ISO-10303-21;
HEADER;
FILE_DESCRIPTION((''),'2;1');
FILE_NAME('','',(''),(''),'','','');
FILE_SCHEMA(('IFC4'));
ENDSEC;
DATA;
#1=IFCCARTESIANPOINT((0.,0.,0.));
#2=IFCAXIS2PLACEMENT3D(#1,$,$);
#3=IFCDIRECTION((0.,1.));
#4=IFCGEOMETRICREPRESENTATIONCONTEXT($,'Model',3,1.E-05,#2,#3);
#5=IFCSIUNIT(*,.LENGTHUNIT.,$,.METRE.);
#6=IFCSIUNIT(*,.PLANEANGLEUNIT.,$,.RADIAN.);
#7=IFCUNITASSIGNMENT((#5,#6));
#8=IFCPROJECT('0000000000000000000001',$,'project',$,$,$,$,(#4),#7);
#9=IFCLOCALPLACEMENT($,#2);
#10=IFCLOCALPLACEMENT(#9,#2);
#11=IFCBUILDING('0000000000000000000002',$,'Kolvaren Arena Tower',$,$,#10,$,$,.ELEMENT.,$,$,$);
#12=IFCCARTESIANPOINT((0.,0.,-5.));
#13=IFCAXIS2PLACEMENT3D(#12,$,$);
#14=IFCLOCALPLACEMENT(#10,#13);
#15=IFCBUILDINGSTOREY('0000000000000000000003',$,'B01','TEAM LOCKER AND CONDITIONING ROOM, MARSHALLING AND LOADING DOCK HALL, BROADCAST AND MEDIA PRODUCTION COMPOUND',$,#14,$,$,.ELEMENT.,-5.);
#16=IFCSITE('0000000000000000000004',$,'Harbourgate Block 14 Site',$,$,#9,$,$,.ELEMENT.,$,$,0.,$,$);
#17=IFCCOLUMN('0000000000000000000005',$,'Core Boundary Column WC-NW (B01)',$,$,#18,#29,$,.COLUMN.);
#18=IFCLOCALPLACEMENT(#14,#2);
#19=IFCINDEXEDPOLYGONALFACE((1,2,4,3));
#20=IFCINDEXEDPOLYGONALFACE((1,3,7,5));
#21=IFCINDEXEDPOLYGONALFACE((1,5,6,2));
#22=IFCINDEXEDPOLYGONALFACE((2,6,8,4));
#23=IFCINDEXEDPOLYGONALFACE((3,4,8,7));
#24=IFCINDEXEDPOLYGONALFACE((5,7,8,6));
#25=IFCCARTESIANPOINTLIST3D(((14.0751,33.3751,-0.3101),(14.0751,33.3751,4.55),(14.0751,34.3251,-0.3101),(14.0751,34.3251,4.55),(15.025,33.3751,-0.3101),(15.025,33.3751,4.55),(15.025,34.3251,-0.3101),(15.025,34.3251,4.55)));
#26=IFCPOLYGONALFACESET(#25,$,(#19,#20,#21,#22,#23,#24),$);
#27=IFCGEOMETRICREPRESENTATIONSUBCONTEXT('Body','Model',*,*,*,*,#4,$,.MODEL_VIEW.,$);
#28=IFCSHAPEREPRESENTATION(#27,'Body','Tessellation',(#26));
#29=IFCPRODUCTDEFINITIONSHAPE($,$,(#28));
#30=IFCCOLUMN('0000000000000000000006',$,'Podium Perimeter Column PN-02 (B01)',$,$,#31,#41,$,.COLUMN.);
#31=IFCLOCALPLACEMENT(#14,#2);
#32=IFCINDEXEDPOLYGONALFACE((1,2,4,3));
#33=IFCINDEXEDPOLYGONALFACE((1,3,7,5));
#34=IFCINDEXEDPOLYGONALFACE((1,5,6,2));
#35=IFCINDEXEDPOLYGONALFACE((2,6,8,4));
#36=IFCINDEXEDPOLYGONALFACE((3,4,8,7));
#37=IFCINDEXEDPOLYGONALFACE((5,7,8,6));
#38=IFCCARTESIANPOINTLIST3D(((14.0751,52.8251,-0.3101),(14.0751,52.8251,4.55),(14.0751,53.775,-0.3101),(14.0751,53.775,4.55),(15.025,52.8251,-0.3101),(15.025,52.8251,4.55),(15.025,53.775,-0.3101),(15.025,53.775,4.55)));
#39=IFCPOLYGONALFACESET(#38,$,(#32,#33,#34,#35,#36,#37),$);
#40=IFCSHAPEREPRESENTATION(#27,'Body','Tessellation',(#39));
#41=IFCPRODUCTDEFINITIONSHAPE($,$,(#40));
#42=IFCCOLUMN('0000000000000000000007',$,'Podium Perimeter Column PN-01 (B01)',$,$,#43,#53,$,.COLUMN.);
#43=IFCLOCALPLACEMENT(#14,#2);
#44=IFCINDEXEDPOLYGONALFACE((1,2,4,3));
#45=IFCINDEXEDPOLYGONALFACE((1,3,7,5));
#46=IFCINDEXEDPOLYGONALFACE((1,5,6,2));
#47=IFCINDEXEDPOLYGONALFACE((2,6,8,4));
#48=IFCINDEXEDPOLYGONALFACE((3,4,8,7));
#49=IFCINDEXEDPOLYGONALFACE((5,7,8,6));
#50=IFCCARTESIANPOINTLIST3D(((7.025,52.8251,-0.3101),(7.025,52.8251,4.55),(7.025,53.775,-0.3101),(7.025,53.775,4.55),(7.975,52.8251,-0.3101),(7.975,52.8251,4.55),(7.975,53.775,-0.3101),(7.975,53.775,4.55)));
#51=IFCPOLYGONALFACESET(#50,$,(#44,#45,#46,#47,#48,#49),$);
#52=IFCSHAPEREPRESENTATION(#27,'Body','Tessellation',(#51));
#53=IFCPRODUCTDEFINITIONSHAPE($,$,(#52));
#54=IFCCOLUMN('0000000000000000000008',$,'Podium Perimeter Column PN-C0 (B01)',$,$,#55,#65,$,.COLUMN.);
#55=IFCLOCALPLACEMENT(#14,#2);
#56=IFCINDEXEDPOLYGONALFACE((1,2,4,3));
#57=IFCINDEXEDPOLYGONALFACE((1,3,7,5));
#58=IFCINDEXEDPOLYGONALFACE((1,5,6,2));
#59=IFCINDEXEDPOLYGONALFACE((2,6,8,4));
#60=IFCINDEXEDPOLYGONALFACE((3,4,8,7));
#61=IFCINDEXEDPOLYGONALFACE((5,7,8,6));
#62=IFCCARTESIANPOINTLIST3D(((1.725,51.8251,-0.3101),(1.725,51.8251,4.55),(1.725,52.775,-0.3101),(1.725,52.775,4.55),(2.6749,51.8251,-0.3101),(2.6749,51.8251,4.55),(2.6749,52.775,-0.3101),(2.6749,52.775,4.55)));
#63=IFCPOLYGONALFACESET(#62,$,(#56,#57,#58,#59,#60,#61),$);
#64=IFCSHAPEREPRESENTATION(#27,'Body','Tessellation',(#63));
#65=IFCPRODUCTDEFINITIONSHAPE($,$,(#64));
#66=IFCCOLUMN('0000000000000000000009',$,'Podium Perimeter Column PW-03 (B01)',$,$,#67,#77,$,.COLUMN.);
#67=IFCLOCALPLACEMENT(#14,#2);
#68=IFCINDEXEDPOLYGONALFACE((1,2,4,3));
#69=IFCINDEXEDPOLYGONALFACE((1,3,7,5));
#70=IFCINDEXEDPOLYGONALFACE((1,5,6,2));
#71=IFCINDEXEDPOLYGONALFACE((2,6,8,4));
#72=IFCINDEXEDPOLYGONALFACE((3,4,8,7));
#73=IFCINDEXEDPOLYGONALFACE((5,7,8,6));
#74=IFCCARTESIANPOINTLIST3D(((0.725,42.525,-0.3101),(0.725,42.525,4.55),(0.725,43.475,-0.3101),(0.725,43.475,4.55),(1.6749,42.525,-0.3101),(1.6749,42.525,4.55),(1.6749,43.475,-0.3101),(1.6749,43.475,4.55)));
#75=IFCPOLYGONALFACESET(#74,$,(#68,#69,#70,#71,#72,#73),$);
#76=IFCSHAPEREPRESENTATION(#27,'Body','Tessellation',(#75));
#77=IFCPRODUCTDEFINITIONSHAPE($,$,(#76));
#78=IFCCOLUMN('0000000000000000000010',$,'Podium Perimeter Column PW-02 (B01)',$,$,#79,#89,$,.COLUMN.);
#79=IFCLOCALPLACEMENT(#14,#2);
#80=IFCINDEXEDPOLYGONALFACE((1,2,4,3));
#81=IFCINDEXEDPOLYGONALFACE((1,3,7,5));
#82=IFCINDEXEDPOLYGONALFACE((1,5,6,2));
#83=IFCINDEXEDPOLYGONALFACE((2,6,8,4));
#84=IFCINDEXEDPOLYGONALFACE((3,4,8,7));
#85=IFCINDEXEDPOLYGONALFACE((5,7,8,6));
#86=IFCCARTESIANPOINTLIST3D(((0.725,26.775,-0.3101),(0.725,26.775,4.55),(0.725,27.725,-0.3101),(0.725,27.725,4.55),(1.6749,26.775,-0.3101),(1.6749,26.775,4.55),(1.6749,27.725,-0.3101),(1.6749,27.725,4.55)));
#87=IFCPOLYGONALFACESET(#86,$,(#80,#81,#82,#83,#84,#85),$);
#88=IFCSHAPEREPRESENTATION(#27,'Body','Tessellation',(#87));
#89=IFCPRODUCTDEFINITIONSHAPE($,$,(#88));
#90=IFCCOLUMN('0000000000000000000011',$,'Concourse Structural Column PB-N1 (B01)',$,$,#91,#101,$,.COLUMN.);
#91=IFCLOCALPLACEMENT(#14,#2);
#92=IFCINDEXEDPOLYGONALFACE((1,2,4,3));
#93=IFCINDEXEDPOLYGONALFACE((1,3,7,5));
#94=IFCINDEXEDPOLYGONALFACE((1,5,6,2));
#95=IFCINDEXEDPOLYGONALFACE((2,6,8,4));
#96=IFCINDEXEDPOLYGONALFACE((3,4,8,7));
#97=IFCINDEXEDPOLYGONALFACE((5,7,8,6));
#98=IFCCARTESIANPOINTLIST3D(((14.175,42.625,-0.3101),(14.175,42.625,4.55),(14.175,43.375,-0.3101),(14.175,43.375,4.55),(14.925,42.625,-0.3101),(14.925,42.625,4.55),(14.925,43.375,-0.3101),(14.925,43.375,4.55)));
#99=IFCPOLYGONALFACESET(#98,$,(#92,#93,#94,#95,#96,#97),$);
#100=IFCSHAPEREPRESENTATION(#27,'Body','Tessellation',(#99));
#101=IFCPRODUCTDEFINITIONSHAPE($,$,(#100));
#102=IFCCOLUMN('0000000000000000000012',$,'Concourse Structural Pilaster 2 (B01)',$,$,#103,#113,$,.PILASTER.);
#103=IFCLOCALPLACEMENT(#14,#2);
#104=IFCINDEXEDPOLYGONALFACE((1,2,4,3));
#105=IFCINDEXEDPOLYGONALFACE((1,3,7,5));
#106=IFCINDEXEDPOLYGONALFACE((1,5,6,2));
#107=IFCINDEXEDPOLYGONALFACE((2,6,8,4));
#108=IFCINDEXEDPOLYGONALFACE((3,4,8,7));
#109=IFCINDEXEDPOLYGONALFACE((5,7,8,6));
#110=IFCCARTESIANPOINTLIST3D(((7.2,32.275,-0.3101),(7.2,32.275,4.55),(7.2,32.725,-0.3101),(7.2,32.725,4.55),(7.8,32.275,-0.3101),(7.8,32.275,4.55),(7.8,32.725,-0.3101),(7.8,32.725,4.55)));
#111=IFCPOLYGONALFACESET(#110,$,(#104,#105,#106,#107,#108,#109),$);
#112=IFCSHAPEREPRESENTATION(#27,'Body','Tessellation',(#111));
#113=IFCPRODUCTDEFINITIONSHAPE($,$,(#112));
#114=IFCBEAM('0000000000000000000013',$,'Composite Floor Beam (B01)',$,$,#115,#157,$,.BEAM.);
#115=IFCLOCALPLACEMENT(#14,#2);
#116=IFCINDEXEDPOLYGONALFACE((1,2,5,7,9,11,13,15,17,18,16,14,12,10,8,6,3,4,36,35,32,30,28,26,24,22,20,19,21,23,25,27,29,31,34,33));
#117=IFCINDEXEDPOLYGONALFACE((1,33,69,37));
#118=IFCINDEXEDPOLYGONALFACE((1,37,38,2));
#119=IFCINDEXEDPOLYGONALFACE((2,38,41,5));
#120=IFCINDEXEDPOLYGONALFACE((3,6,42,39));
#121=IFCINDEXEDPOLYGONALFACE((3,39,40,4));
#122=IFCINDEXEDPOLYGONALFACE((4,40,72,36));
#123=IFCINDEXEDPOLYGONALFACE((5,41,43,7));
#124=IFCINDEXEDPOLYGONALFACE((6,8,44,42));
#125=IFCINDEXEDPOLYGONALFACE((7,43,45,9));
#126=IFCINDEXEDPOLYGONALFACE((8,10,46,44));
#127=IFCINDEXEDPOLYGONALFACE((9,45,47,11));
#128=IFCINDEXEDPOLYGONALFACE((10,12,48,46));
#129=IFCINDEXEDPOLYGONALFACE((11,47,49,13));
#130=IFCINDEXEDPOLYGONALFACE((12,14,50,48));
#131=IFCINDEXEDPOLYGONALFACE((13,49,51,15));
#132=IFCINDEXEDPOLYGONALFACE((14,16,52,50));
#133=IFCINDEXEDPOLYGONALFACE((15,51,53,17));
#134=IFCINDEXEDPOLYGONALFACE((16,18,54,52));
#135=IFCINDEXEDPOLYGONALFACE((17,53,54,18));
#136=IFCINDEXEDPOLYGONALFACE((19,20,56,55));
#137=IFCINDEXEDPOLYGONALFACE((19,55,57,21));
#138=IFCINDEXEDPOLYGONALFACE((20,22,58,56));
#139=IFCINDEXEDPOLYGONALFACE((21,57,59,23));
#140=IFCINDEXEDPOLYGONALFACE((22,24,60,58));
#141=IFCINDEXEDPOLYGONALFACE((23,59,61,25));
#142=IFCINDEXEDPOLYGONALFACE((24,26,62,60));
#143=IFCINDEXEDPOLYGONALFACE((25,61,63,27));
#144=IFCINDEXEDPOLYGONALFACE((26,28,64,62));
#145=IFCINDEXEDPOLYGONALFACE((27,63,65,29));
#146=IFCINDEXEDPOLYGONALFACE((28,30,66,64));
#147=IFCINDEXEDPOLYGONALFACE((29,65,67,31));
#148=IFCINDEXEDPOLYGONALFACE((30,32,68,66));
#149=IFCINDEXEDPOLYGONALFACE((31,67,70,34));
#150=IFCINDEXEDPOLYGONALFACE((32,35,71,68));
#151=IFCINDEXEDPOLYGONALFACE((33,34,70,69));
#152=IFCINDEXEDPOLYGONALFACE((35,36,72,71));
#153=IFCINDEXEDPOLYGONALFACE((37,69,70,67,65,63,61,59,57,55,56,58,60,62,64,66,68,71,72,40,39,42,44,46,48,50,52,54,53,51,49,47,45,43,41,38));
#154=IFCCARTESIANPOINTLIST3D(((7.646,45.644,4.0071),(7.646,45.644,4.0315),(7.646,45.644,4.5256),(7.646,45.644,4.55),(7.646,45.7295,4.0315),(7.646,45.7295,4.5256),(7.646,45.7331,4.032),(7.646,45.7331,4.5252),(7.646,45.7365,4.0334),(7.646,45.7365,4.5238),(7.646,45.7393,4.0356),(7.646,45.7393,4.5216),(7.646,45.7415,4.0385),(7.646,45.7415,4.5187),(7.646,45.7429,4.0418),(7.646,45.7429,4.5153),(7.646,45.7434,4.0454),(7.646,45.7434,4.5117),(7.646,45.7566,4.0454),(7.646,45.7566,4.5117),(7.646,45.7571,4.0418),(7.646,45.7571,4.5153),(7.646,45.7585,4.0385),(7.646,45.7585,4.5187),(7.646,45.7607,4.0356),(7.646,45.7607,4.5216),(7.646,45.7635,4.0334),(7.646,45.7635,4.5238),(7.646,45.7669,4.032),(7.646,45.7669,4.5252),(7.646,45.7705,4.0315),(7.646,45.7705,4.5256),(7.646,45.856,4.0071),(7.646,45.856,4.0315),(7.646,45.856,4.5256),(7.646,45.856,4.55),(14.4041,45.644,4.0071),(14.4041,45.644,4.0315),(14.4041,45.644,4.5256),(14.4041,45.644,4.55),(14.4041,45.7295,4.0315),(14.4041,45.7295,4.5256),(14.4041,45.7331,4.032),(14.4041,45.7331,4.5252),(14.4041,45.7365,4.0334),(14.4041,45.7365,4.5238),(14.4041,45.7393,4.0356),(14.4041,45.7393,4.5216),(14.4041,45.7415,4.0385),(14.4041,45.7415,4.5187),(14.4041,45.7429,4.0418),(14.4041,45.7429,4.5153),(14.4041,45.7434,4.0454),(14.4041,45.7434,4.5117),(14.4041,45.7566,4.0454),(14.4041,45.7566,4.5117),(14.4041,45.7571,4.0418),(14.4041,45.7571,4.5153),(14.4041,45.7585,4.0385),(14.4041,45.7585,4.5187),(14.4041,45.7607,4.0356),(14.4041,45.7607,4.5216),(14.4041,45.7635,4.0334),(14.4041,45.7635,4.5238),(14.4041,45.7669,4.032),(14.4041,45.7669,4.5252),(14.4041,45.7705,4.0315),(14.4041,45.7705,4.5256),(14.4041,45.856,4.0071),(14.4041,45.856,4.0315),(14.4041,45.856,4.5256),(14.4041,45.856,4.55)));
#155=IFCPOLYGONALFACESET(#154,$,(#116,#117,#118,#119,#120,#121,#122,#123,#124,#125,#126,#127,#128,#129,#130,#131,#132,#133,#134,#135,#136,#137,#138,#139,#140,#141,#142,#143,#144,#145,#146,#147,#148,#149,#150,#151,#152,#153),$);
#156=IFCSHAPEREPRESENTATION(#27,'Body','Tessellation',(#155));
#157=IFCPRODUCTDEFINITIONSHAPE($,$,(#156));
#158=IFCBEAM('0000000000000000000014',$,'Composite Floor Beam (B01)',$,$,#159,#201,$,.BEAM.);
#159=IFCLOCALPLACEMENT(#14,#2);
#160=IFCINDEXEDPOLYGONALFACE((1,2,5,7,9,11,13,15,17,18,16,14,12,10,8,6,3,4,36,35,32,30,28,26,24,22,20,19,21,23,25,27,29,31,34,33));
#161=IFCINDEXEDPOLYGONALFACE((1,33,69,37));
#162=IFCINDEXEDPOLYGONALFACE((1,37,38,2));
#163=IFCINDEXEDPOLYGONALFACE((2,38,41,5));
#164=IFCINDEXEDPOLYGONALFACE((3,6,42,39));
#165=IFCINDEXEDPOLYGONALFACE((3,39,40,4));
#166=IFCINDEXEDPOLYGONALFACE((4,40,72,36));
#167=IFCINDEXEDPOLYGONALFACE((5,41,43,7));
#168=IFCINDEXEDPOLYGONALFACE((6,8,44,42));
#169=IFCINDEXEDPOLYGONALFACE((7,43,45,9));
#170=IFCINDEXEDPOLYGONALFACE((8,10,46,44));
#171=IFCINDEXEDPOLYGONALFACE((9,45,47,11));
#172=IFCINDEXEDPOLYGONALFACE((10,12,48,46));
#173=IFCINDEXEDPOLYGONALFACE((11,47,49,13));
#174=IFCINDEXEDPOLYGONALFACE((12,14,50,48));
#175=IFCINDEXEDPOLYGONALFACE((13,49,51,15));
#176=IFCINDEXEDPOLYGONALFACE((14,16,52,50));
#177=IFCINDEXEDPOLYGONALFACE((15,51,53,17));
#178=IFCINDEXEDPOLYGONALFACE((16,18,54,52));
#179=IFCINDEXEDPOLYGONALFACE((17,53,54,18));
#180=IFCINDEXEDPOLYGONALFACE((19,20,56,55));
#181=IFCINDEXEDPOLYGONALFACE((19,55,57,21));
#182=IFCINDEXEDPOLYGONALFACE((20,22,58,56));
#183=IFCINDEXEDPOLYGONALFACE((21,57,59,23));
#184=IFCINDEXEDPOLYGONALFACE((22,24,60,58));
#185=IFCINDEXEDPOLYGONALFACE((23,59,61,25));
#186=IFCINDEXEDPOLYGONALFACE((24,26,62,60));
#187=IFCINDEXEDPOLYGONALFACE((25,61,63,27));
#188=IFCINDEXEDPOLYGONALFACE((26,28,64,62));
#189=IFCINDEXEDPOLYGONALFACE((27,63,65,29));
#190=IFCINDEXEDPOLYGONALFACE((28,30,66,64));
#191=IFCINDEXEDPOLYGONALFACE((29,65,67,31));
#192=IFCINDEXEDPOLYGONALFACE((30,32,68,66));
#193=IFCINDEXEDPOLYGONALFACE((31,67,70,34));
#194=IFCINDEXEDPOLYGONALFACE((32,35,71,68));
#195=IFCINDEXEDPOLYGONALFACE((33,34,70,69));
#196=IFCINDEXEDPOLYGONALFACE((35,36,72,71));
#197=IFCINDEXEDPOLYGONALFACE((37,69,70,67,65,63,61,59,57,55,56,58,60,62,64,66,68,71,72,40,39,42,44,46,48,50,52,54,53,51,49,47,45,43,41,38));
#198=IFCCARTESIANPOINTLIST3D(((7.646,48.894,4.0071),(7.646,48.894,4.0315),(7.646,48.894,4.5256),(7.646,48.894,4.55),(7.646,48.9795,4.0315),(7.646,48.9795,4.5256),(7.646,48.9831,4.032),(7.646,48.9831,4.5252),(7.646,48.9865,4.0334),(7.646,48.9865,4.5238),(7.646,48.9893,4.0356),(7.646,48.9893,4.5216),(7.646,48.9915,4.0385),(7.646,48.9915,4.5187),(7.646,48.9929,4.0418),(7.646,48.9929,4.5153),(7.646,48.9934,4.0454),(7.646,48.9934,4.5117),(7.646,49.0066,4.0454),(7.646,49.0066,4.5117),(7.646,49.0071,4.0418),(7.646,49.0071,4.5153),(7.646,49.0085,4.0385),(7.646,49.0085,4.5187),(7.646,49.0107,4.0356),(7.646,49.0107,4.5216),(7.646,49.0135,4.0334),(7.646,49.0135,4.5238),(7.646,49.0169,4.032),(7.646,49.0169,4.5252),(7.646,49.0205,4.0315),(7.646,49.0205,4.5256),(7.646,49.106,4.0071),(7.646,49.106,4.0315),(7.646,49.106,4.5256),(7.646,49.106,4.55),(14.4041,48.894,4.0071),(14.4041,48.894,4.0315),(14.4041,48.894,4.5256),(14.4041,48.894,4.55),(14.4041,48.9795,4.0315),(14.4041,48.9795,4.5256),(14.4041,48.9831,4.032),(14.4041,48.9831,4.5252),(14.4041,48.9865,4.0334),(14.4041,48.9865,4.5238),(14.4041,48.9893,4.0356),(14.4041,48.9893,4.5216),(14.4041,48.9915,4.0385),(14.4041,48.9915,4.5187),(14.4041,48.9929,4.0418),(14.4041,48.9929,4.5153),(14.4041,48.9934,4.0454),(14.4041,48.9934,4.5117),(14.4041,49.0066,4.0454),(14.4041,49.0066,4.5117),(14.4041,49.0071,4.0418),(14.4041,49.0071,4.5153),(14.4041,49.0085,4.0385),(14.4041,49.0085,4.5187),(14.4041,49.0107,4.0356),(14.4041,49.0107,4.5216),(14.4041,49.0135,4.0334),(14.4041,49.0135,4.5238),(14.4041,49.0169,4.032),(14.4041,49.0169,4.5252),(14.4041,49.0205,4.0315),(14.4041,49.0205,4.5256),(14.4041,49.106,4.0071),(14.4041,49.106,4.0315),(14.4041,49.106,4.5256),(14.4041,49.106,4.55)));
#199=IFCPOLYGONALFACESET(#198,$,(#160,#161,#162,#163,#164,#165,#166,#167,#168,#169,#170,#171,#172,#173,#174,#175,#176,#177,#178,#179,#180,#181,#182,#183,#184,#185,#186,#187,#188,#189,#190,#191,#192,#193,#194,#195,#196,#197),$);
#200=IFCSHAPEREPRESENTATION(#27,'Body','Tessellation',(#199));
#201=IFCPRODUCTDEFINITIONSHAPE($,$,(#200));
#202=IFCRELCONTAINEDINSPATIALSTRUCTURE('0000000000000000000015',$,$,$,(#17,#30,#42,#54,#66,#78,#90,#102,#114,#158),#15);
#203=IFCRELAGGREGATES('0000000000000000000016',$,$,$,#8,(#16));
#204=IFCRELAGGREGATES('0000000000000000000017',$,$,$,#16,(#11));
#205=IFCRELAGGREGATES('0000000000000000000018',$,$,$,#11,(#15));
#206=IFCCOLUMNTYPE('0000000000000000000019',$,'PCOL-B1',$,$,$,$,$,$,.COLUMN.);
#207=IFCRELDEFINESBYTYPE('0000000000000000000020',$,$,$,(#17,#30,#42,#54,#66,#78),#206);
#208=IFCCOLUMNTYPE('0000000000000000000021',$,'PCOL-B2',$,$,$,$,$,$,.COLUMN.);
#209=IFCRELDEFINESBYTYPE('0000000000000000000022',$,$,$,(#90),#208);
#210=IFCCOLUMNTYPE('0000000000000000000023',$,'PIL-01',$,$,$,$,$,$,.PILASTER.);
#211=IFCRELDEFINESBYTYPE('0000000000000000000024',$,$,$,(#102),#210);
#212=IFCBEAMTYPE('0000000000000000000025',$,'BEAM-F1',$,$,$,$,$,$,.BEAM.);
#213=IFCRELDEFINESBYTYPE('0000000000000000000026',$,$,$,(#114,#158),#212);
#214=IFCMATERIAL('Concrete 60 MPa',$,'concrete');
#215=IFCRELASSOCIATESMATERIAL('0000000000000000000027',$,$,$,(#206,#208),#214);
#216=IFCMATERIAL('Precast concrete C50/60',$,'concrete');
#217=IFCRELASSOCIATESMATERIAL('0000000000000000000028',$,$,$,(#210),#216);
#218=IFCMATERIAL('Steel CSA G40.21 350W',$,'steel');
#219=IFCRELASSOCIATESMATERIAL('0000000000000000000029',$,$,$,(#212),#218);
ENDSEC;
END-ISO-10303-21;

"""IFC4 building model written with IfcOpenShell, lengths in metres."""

from ifc_helpers import new_model, si_unit, direction, frame, origin, origin_2d, place, context, subcontext, project, spatial, rectangle, i_section, extrude, material, material_profile, profile_set, type_object, element, save


model = new_model("IFC4")

# Units and contexts
model_context = context("Model", 3, precision=1e-05, world=origin(), true_north=direction((0.0, 1.0)))
body_context = subcontext(model_context, "Body", "Model", "MODEL_VIEW")
ifc_project = project(units=[si_unit("LENGTHUNIT", "METRE"), si_unit("PLANEANGLEUNIT", "RADIAN")], contexts=[model_context])

# Site, building, storey
site_placement = place(None, origin())
site = spatial("IfcSite", under=ifc_project, at=site_placement, Name="Harbourgate Block 14 Site", CompositionType="ELEMENT", RefElevation=0.0)
building_placement = place(site_placement, origin())
building = spatial("IfcBuilding", under=site, at=building_placement, Name="Kolvaren Arena Tower", CompositionType="ELEMENT")
storey_placement = place(building_placement, frame((0.0, 0.0, -5.0)))
storey = spatial("IfcBuildingStorey", under=building, at=storey_placement, Name="B01", Description="TEAM LOCKER AND CONDITIONING ROOM, MARSHALLING AND LOADING DOCK HALL, BROADCAST AND MEDIA PRODUCTION COMPOUND", CompositionType="ELEMENT", Elevation=-5.0)

# Columns
ifc_material_1 = material(Name="Concrete 60 MPa", Category="concrete")
ifc_material_profile_1 = material_profile(ifc_material_1, rectangle(XDim=0.95, YDim=0.95, at=origin_2d()), Name="RC-950x950")
ifc_profile_set_1 = profile_set([ifc_material_profile_1], Name="Concrete 60 MPa")
column_type_1 = type_object("IfcColumnType", Name="PCOL-B1", PredefinedType="COLUMN", material=ifc_profile_set_1)
for number, where, z_axis, x_axis, name in (
    (1, (14.55, 33.8501, -0.3101), (0.0, 0.0, 1.0), (1.0, 0.0, 0.0), "Core Boundary Column WC-NW (B01)"),
    (2, (14.55, 53.3, -0.3101), (0.0, 0.0, 1.0), (1.0, 0.0, 0.0), "Podium Perimeter Column PN-02 (B01)"),
    (3, (7.5, 53.3, -0.3101), (0.0, 0.0, 1.0), (1.0, 0.0, 0.0), "Podium Perimeter Column PN-01 (B01)"),
    (4, (2.2, 52.3, -0.3101), (0.0, 0.0, 1.0), (1.0, 0.0, 0.0), "Podium Perimeter Column PN-C0 (B01)"),
    (5, (1.2, 43.0, -0.3101), (0.0, 0.0, 1.0), (1.0, 0.0, 0.0), "Podium Perimeter Column PW-03 (B01)"),
    (6, (1.2, 27.25, -0.3101), (0.0, 0.0, 1.0), (1.0, 0.0, 0.0), "Podium Perimeter Column PW-02 (B01)"),
):
    element("IfcColumn", number, at=place(storey_placement, frame(where, z_axis=z_axis, x_axis=x_axis)), inside=storey, type_object=column_type_1, Name=name, PredefinedType="COLUMN", context=body_context, shape_type="SweptSolid", body=[
        extrude(rectangle(XDim=0.95, YDim=0.95, at=origin_2d()), origin(), (0.0, 0.0, 1.0), 4.8601),
    ])
ifc_material_profile_2 = material_profile(ifc_material_1, rectangle(XDim=0.75, YDim=0.75, at=origin_2d()), Name="RC-750x750")
ifc_profile_set_2 = profile_set([ifc_material_profile_2], Name="Concrete 60 MPa")
column_type_2 = type_object("IfcColumnType", Name="PCOL-B2", PredefinedType="COLUMN", material=ifc_profile_set_2)
column_1_placement = place(storey_placement, frame((14.55, 43.0, -0.3101), z_axis=(0.0, 0.0, 1.0), x_axis=(1.0, 0.0, 0.0)))
element("IfcColumn", 7, at=column_1_placement, inside=storey, type_object=column_type_2, Name="Concourse Structural Column PB-N1 (B01)", PredefinedType="COLUMN", context=body_context, shape_type="SweptSolid", body=[
    extrude(rectangle(XDim=0.75, YDim=0.75, at=origin_2d()), origin(), (0.0, 0.0, 1.0), 4.8601),
])
ifc_material_2 = material(Name="Precast concrete C50/60", Category="concrete")
ifc_material_profile_3 = material_profile(ifc_material_2, rectangle(XDim=0.6001, YDim=0.45, at=origin_2d()), Name="RC-600x450")
ifc_profile_set_3 = profile_set([ifc_material_profile_3], Name="Precast concrete C50/60")
column_type_3 = type_object("IfcColumnType", Name="PIL-01", PredefinedType="PILASTER", material=ifc_profile_set_3)
column_2_placement = place(storey_placement, frame((7.5, 32.5, -0.3101), z_axis=(0.0, 0.0, 1.0), x_axis=(1.0, 0.0, 0.0)))
element("IfcColumn", 8, at=column_2_placement, inside=storey, type_object=column_type_3, Name="Concourse Structural Pilaster 2 (B01)", PredefinedType="PILASTER", context=body_context, shape_type="SweptSolid", body=[
    extrude(rectangle(XDim=0.6001, YDim=0.45, at=origin_2d()), origin(), (0.0, 0.0, 1.0), 4.8601),
])

# Beams
ifc_material_3 = material(Name="Steel CSA G40.21 350W", Category="steel")
ifc_material_profile_4 = material_profile(ifc_material_3, i_section(OverallWidth=0.2119, OverallDepth=0.543, WebThickness=0.0132, FlangeThickness=0.0244, FilletRadius=0.0139, at=origin_2d()), Name="W530x150")
ifc_profile_set_4 = profile_set([ifc_material_profile_4], Name="Steel CSA G40.21 350W")
beam_type_1 = type_object("IfcBeamType", Name="BEAM-F1", PredefinedType="BEAM", material=ifc_profile_set_4)
for number, where, z_axis, x_axis, name in (
    (9, (7.646, 45.75, 4.2786), (1.0, 0.0, 0.0), (0.0, 1.0, 0.0), "Composite Floor Beam (B01)"),
    (10, (7.646, 49.0, 4.2786), (1.0, 0.0, 0.0), (0.0, 1.0, 0.0), "Composite Floor Beam (B01)"),
):
    element("IfcBeam", number, at=place(storey_placement, frame(where, z_axis=z_axis, x_axis=x_axis)), inside=storey, type_object=beam_type_1, Name=name, PredefinedType="BEAM", context=body_context, shape_type="SweptSolid", body=[
        extrude(i_section(OverallWidth=0.2119, OverallDepth=0.543, WebThickness=0.0132, FlangeThickness=0.0244, FilletRadius=0.0139, at=origin_2d()), origin(), (0.0, 0.0, 1.0), 6.7581),
    ])

save(model, "model.ifc")
